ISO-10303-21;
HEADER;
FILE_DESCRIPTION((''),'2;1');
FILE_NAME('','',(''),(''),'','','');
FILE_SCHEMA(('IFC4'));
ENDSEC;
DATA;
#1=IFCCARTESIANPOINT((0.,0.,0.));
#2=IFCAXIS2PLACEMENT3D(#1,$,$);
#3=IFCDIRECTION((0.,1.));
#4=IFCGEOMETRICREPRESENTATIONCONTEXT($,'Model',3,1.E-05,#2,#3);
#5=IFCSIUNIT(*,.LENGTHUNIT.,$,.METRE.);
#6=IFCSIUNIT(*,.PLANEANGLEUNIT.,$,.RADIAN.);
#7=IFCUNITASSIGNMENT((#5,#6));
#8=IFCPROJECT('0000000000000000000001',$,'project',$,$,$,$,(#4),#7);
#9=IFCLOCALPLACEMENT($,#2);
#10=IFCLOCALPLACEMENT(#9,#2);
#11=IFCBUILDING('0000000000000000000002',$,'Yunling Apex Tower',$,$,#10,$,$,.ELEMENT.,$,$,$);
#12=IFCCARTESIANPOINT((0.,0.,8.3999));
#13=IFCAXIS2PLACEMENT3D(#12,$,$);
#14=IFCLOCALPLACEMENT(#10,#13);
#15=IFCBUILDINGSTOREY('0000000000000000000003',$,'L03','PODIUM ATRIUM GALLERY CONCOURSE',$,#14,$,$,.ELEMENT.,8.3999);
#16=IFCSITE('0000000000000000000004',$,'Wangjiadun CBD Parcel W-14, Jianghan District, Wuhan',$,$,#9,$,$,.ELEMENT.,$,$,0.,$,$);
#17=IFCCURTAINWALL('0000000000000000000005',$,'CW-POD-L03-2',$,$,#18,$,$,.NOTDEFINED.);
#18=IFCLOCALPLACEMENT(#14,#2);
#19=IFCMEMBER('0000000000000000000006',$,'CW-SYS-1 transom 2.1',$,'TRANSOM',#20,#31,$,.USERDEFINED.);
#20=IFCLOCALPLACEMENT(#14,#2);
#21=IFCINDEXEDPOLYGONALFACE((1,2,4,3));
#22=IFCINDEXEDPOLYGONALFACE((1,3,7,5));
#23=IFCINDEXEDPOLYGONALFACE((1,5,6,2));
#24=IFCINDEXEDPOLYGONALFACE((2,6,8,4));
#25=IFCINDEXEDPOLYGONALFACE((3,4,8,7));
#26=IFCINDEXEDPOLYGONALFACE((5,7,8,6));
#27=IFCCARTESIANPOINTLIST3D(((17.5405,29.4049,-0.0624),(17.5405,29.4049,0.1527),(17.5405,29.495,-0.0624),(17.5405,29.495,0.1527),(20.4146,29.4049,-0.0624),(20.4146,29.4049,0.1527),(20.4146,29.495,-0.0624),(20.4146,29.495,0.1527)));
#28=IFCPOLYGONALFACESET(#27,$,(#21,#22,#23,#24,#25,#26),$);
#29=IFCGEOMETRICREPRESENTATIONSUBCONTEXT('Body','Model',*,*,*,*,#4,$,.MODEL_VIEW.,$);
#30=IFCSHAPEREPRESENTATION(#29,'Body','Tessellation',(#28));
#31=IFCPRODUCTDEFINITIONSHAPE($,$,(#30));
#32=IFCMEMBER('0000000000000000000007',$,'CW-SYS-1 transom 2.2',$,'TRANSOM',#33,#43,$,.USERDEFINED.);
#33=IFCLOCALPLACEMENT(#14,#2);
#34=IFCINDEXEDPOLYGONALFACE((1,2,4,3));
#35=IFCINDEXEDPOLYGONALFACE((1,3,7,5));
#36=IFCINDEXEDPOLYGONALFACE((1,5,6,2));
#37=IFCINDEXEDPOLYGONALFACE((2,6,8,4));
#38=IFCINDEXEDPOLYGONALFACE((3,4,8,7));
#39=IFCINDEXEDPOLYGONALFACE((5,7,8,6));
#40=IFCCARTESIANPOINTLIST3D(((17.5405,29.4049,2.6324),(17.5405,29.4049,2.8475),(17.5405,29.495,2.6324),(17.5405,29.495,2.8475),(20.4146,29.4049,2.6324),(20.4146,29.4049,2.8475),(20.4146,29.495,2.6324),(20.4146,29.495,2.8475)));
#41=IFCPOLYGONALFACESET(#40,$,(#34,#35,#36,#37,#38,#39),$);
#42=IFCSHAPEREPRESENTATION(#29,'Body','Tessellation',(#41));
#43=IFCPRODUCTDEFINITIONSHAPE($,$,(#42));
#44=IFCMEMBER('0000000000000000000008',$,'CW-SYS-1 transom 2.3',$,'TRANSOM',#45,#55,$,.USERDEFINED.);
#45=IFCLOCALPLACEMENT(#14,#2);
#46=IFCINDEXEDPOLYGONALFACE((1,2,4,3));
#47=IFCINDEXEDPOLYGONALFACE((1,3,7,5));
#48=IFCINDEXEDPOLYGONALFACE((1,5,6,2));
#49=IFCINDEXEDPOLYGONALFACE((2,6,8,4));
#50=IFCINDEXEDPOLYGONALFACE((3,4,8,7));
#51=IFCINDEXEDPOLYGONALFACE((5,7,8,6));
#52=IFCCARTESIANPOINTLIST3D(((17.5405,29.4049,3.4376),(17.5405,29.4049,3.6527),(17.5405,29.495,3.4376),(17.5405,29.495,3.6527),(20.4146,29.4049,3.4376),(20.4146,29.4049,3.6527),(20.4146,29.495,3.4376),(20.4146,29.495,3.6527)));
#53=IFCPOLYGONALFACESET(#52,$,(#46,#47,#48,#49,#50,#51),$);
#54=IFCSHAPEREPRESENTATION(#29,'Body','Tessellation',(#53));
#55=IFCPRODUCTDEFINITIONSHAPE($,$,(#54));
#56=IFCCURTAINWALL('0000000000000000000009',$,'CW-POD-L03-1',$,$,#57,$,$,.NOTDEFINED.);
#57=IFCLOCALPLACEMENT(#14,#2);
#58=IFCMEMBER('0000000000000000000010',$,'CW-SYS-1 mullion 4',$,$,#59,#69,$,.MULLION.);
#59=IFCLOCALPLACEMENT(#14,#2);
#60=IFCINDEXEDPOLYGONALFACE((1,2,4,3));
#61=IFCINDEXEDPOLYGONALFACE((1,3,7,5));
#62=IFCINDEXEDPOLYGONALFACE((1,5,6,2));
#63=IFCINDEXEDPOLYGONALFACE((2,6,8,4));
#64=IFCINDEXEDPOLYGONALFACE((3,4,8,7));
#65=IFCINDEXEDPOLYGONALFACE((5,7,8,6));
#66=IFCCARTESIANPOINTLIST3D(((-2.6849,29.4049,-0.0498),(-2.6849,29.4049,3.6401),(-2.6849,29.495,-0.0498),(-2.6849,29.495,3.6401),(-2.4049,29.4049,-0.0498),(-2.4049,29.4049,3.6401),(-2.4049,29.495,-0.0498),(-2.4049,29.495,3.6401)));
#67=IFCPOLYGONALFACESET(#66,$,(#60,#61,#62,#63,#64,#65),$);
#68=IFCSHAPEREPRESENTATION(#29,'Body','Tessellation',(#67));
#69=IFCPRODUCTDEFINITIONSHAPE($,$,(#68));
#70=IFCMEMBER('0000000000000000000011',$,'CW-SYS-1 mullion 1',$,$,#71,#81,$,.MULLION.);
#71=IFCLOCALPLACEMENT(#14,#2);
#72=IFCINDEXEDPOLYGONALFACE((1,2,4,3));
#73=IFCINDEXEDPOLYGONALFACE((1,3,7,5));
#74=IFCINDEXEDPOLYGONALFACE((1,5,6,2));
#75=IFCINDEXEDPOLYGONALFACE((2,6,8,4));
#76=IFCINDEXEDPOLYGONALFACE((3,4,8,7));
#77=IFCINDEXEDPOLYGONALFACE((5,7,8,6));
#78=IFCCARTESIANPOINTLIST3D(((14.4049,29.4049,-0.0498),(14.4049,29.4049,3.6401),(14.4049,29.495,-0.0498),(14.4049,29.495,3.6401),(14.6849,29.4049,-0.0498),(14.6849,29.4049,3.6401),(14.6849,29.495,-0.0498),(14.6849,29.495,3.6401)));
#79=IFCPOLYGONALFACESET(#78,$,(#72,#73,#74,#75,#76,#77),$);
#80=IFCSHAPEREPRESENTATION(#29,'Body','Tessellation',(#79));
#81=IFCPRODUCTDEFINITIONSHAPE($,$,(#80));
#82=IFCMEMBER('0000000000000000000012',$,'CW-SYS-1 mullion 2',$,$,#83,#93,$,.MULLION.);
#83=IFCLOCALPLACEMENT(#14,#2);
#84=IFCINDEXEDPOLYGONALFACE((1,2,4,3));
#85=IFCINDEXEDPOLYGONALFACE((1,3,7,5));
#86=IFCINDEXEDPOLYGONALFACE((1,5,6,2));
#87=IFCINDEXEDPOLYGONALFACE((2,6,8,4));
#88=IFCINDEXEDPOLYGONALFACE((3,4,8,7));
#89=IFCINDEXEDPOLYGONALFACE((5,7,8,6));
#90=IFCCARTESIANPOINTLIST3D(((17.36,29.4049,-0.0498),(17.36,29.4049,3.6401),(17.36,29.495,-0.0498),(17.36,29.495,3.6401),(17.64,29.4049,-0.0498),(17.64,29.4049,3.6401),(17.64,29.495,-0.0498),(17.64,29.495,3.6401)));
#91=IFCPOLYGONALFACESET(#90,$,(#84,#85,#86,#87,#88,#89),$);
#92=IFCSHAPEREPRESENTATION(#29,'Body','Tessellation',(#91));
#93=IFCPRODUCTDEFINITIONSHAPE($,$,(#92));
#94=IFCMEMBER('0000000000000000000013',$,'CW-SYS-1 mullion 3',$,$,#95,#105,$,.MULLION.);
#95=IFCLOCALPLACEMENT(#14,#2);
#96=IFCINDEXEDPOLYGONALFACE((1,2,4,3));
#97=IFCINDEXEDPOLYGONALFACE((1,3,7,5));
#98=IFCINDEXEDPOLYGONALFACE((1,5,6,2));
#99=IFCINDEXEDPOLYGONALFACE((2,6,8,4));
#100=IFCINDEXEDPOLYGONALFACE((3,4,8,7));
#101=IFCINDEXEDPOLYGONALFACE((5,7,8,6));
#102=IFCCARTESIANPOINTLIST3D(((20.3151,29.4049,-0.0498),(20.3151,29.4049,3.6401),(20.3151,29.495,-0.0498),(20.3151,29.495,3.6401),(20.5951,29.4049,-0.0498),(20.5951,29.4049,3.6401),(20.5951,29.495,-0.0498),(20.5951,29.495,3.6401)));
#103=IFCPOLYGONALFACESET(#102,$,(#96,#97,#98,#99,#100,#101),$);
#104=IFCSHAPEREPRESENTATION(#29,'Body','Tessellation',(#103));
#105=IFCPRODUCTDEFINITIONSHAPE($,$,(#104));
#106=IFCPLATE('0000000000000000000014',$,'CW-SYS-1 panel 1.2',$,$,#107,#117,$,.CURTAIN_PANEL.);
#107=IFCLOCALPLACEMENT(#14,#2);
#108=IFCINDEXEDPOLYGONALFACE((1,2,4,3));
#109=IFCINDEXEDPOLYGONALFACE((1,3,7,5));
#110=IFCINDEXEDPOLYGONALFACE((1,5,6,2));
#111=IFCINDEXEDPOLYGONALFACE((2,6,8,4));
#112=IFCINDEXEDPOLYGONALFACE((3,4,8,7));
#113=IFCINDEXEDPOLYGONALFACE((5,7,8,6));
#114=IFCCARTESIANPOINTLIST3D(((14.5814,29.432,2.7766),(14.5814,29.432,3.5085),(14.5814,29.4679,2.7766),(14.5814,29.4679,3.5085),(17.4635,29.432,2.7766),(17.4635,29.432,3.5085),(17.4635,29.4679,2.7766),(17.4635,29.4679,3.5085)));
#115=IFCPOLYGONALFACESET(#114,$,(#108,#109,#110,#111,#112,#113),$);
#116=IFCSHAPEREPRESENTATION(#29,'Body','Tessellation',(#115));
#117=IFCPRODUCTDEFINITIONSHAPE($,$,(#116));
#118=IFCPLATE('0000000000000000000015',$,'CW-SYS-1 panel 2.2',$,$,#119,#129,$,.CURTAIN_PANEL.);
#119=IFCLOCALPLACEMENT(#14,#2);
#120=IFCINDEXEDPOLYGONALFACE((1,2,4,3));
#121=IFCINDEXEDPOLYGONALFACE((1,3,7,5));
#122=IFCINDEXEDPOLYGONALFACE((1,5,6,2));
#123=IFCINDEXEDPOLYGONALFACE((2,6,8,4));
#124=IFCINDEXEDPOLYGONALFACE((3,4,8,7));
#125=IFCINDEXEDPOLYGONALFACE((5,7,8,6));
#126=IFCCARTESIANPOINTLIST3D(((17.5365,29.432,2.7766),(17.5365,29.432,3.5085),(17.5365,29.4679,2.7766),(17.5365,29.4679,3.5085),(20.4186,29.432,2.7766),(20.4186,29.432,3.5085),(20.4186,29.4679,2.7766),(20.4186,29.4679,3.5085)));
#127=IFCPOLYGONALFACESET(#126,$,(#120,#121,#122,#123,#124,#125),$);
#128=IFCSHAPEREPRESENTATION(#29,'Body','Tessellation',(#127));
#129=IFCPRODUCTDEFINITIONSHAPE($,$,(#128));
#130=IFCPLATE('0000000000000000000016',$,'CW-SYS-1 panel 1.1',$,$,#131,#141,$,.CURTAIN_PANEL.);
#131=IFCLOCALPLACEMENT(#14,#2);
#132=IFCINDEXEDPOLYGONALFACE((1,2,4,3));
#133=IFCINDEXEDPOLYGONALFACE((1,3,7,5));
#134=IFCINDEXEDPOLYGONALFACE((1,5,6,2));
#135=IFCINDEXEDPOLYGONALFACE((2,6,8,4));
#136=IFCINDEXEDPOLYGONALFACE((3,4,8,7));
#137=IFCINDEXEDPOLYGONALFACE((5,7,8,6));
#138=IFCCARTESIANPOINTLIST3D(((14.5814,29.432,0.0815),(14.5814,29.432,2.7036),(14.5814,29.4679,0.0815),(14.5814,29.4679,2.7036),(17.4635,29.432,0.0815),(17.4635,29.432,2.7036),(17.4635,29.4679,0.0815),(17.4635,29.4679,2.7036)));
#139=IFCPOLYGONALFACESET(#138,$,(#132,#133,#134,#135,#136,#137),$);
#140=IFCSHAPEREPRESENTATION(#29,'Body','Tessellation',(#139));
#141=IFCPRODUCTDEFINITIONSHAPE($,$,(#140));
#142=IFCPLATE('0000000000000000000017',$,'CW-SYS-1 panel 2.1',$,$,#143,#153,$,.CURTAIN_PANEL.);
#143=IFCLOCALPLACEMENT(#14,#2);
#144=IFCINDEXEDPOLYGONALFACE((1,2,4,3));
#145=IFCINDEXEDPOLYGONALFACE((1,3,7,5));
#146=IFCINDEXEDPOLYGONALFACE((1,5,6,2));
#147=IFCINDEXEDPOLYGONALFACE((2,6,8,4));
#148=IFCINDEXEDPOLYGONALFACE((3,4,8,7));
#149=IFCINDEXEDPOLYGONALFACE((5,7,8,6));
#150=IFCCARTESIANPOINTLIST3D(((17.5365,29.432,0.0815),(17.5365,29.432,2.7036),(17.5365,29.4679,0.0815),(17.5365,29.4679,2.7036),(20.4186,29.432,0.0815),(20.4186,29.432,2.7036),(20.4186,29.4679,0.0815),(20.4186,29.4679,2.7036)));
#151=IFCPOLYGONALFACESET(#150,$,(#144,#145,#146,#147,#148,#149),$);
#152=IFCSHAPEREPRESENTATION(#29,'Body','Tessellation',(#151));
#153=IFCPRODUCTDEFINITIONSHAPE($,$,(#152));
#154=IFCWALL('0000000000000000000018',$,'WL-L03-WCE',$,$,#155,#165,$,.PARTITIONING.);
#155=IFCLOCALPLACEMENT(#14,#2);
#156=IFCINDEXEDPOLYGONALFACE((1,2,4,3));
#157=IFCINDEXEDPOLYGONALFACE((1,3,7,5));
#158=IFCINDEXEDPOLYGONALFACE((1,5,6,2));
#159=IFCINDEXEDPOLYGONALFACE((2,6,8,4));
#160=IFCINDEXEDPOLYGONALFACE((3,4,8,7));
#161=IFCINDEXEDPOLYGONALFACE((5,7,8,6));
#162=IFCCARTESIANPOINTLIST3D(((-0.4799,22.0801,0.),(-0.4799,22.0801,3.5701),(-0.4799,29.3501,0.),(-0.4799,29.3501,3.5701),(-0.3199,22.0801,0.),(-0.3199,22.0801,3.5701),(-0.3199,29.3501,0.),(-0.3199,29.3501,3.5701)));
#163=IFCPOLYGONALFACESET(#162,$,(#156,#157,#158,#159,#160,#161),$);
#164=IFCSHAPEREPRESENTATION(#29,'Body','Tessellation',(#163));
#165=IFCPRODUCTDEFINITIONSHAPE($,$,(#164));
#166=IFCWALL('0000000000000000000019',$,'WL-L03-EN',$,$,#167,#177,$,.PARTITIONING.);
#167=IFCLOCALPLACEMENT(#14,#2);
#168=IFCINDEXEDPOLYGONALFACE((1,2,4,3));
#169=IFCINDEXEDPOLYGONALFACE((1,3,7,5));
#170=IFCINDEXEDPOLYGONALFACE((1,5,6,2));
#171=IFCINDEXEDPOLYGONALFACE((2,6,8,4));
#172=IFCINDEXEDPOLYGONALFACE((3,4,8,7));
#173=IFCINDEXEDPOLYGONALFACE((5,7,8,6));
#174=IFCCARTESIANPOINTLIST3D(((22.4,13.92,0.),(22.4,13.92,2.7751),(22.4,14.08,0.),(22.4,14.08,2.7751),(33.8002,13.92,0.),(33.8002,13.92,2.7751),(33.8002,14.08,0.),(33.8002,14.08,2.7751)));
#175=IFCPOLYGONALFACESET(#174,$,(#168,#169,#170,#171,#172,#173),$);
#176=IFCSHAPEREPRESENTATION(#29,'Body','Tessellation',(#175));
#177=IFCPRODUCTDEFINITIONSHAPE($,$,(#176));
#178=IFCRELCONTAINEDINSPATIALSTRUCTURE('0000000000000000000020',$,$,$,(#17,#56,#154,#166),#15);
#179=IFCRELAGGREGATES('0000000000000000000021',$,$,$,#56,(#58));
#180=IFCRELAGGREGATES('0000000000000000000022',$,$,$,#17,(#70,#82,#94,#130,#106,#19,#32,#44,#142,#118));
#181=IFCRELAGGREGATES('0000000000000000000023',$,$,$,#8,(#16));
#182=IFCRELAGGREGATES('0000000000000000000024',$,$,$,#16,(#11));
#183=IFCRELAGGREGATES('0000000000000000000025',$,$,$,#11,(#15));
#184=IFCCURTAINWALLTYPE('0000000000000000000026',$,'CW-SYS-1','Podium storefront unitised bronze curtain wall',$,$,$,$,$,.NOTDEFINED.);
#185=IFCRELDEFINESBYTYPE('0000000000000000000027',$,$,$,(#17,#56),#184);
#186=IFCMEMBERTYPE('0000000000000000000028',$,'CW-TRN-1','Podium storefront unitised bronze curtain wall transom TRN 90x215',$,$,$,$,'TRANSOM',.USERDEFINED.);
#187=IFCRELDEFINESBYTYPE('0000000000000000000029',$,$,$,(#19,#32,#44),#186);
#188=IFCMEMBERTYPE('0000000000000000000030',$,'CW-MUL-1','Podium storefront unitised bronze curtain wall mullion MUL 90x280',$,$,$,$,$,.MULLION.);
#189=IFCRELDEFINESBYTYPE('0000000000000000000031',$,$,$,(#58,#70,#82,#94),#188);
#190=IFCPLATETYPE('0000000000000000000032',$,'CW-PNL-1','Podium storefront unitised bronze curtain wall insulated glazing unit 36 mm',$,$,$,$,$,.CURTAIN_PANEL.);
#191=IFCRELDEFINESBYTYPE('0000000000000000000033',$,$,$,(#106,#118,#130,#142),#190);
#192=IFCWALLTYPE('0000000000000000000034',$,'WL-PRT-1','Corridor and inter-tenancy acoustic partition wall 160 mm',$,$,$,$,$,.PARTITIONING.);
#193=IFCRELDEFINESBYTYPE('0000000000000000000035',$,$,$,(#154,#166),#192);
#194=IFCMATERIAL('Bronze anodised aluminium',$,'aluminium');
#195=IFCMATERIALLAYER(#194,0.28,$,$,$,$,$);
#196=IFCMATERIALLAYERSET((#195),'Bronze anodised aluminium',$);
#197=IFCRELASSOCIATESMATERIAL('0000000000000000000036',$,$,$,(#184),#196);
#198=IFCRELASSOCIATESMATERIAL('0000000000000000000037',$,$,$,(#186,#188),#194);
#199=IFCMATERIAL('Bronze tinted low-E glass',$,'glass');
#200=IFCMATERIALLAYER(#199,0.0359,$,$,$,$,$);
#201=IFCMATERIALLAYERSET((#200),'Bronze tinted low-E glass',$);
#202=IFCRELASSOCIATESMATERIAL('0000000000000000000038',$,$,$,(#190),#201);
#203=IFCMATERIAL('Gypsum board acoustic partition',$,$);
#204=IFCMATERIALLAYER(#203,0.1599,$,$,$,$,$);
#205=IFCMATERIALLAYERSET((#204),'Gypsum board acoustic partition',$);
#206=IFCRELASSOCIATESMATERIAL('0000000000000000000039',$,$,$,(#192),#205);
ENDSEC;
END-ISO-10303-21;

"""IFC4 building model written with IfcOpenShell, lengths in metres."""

from ifc_helpers import new_model, si_unit, direction, frame, frame_2d, origin, origin_2d, place, context, subcontext, project, spatial, rectangle, extrude, source, transform, mapped, material, layer, layer_set, material_profile, profile_set, type_object, element, aggregate, save


model = new_model("IFC4")

# Units and contexts
model_context = context("Model", 3, precision=1e-05, world=origin(), true_north=direction((0.0, 1.0)))
body_context = subcontext(model_context, "Body", "Model", "MODEL_VIEW")
ifc_project = project(units=[si_unit("LENGTHUNIT", "METRE"), si_unit("PLANEANGLEUNIT", "RADIAN")], contexts=[model_context])

# Site, building, storey
site_placement = place(None, origin())
site = spatial("IfcSite", under=ifc_project, at=site_placement, Name="Wangjiadun CBD Parcel W-14, Jianghan District, Wuhan", CompositionType="ELEMENT", RefElevation=0.0)
building_placement = place(site_placement, origin())
building = spatial("IfcBuilding", under=site, at=building_placement, Name="Yunling Apex Tower", CompositionType="ELEMENT")
storey_placement = place(building_placement, frame((0.0, 0.0, 8.3999)))
storey = spatial("IfcBuildingStorey", under=building, at=storey_placement, Name="L03", Description="PODIUM ATRIUM GALLERY CONCOURSE", CompositionType="ELEMENT", Elevation=8.3999)

# Curtain wall, members
ifc_material_1 = material(Name="Bronze anodised aluminium", Category="aluminium")
ifc_layer_1 = layer(ifc_material_1, 0.28)
ifc_layer_set_1 = layer_set([ifc_layer_1], Name="Bronze anodised aluminium")
curtain_wall_type = type_object("IfcCurtainWallType", Name="CW-SYS-1", Description="Podium storefront unitised bronze curtain wall", PredefinedType="NOTDEFINED", material=ifc_layer_set_1)
curtain_wall_1_placement = place(storey_placement, origin())
curtain_wall_1 = element("IfcCurtainWall", 1, at=curtain_wall_1_placement, inside=storey, type_object=curtain_wall_type, Name="CW-POD-L03-2", PredefinedType="NOTDEFINED")
ifc_material_profile_1 = material_profile(ifc_material_1, rectangle(XDim=0.0901, YDim=0.2151, at=origin_2d()))
ifc_profile_set_1 = profile_set([ifc_material_profile_1], Name="Bronze anodised aluminium")
member_type_1 = type_object("IfcMemberType", Name="CW-TRN-1", Description="Podium storefront unitised bronze curtain wall transom TRN 90x215", ElementType="TRANSOM", PredefinedType="USERDEFINED", material=ifc_profile_set_1)
shared_shape_1 = source(origin(), body_context, "Body", "SweptSolid", [
    extrude(rectangle(XDim=0.0901, YDim=0.2151, at=origin_2d()), origin(), (0.0, 0.0, 1.0), 2.874),
])
member_1_placement = place(storey_placement, frame((17.5405, 29.45, 0.0452), z_axis=(1.0, 0.0, 0.0), x_axis=(0.0, 1.0, 0.0)))
member_1 = element("IfcMember", 2, at=member_1_placement, type_object=member_type_1, Name="CW-SYS-1 transom 2.1", ObjectType="TRANSOM", PredefinedType="USERDEFINED", context=body_context, shape_type="MappedRepresentation", body=[
    mapped(shared_shape_1, transform((0.0, 0.0, 0.0), scale=1.0)),
])
member_2_placement = place(storey_placement, frame((17.5405, 29.45, 2.74), z_axis=(1.0, 0.0, 0.0), x_axis=(0.0, 1.0, 0.0)))
member_2 = element("IfcMember", 3, at=member_2_placement, type_object=member_type_1, Name="CW-SYS-1 transom 2.2", ObjectType="TRANSOM", PredefinedType="USERDEFINED", context=body_context, shape_type="MappedRepresentation", body=[
    mapped(shared_shape_1, transform((0.0, 0.0, 0.0), scale=1.0)),
])
member_3_placement = place(storey_placement, frame((17.5405, 29.45, 3.5452), z_axis=(1.0, 0.0, 0.0), x_axis=(0.0, 1.0, 0.0)))
member_3 = element("IfcMember", 4, at=member_3_placement, type_object=member_type_1, Name="CW-SYS-1 transom 2.3", ObjectType="TRANSOM", PredefinedType="USERDEFINED", context=body_context, shape_type="MappedRepresentation", body=[
    mapped(shared_shape_1, transform((0.0, 0.0, 0.0), scale=1.0)),
])

# Curtain wall, member
curtain_wall_2_placement = place(storey_placement, origin())
curtain_wall_2 = element("IfcCurtainWall", 5, at=curtain_wall_2_placement, inside=storey, type_object=curtain_wall_type, Name="CW-POD-L03-1", PredefinedType="NOTDEFINED")
ifc_material_profile_2 = material_profile(ifc_material_1, rectangle(XDim=0.0901, YDim=0.28, at=origin_2d()))
ifc_profile_set_2 = profile_set([ifc_material_profile_2], Name="Bronze anodised aluminium")
member_type_2 = type_object("IfcMemberType", Name="CW-MUL-1", Description="Podium storefront unitised bronze curtain wall mullion MUL 90x280", PredefinedType="MULLION", material=ifc_profile_set_2)
shared_shape_2 = source(origin(), body_context, "Body", "SweptSolid", [
    extrude(rectangle(XDim=0.0901, YDim=0.28, at=origin_2d()), origin(), (0.0, 0.0, 1.0), 3.6899),
])
member_4_placement = place(storey_placement, frame((-2.5449, 29.45, -0.0498), z_axis=(0.0, 0.0, 1.0), x_axis=(0.0, 1.0, 0.0)))
member_4 = element("IfcMember", 6, at=member_4_placement, type_object=member_type_2, Name="CW-SYS-1 mullion 4", PredefinedType="MULLION", context=body_context, shape_type="MappedRepresentation", body=[
    mapped(shared_shape_2, transform((0.0, 0.0, 0.0), scale=1.0)),
])
aggregate(curtain_wall_2, [member_4])

# Members
member_5_placement = place(storey_placement, frame((14.5449, 29.45, -0.0498), z_axis=(0.0, 0.0, 1.0), x_axis=(0.0, 1.0, 0.0)))
member_5 = element("IfcMember", 7, at=member_5_placement, type_object=member_type_2, Name="CW-SYS-1 mullion 1", PredefinedType="MULLION", context=body_context, shape_type="MappedRepresentation", body=[
    mapped(shared_shape_2, transform((0.0, 0.0, 0.0), scale=1.0)),
])
member_6_placement = place(storey_placement, frame((17.5, 29.45, -0.0498), z_axis=(0.0, 0.0, 1.0), x_axis=(0.0, 1.0, 0.0)))
member_6 = element("IfcMember", 8, at=member_6_placement, type_object=member_type_2, Name="CW-SYS-1 mullion 2", PredefinedType="MULLION", context=body_context, shape_type="MappedRepresentation", body=[
    mapped(shared_shape_2, transform((0.0, 0.0, 0.0), scale=1.0)),
])
member_7_placement = place(storey_placement, frame((20.4551, 29.45, -0.0498), z_axis=(0.0, 0.0, 1.0), x_axis=(0.0, 1.0, 0.0)))
member_7 = element("IfcMember", 9, at=member_7_placement, type_object=member_type_2, Name="CW-SYS-1 mullion 3", PredefinedType="MULLION", context=body_context, shape_type="MappedRepresentation", body=[
    mapped(shared_shape_2, transform((0.0, 0.0, 0.0), scale=1.0)),
])

# Plates
ifc_material_2 = material(Name="Bronze tinted low-E glass", Category="glass")
ifc_layer_2 = layer(ifc_material_2, 0.0359)
ifc_layer_set_2 = layer_set([ifc_layer_2], Name="Bronze tinted low-E glass")
plate_type = type_object("IfcPlateType", Name="CW-PNL-1", Description="Podium storefront unitised bronze curtain wall insulated glazing unit 36 mm", PredefinedType="CURTAIN_PANEL", material=ifc_layer_set_2)
shared_shape_3 = source(origin(), body_context, "Body", "SweptSolid", [
    extrude(rectangle(XDim=2.8821, YDim=0.0359, at=origin_2d()), origin(), (0.0, 0.0, 1.0), 0.7319),
])
plate_1_placement = place(storey_placement, frame((16.0225, 29.45, 2.7766), z_axis=(0.0, 0.0, 1.0), x_axis=(1.0, 0.0, 0.0)))
plate_1 = element("IfcPlate", 10, at=plate_1_placement, type_object=plate_type, Name="CW-SYS-1 panel 1.2", PredefinedType="CURTAIN_PANEL", context=body_context, shape_type="MappedRepresentation", body=[
    mapped(shared_shape_3, transform((0.0, 0.0, 0.0), scale=1.0)),
])
plate_2_placement = place(storey_placement, frame((18.9775, 29.45, 2.7766), z_axis=(0.0, 0.0, 1.0), x_axis=(1.0, 0.0, 0.0)))
plate_2 = element("IfcPlate", 11, at=plate_2_placement, type_object=plate_type, Name="CW-SYS-1 panel 2.2", PredefinedType="CURTAIN_PANEL", context=body_context, shape_type="MappedRepresentation", body=[
    mapped(shared_shape_3, transform((0.0, 0.0, 0.0), scale=1.0)),
])
shared_shape_4 = source(origin(), body_context, "Body", "SweptSolid", [
    extrude(rectangle(XDim=2.8821, YDim=0.0359, at=origin_2d()), origin(), (0.0, 0.0, 1.0), 2.6221),
])
plate_3_placement = place(storey_placement, frame((16.0225, 29.45, 0.0815), z_axis=(0.0, 0.0, 1.0), x_axis=(1.0, 0.0, 0.0)))
plate_3 = element("IfcPlate", 12, at=plate_3_placement, type_object=plate_type, Name="CW-SYS-1 panel 1.1", PredefinedType="CURTAIN_PANEL", context=body_context, shape_type="MappedRepresentation", body=[
    mapped(shared_shape_4, transform((0.0, 0.0, 0.0), scale=1.0)),
])
plate_4_placement = place(storey_placement, frame((18.9775, 29.45, 0.0815), z_axis=(0.0, 0.0, 1.0), x_axis=(1.0, 0.0, 0.0)))
plate_4 = element("IfcPlate", 13, at=plate_4_placement, type_object=plate_type, Name="CW-SYS-1 panel 2.1", PredefinedType="CURTAIN_PANEL", context=body_context, shape_type="MappedRepresentation", body=[
    mapped(shared_shape_4, transform((0.0, 0.0, 0.0), scale=1.0)),
])
aggregate(curtain_wall_1, [member_5, member_6, member_7, plate_3, plate_1, member_1, member_2, member_3, plate_4, plate_2])

# Walls
ifc_material_3 = material(Name="Gypsum board acoustic partition")
ifc_layer_3 = layer(ifc_material_3, 0.1599)
ifc_layer_set_3 = layer_set([ifc_layer_3], Name="Gypsum board acoustic partition")
wall_type = type_object("IfcWallType", Name="WL-PRT-1", Description="Corridor and inter-tenancy acoustic partition wall 160 mm", PredefinedType="PARTITIONING", material=ifc_layer_set_3)
wall_1_placement = place(storey_placement, frame((-0.3999, 22.0801, 0.0), z_axis=(0.0, 0.0, 1.0), x_axis=(0.0, 1.0, 0.0)))
element("IfcWall", 14, at=wall_1_placement, inside=storey, type_object=wall_type, Name="WL-L03-WCE", PredefinedType="PARTITIONING", context=body_context, shape_type="SweptSolid", body=[
    extrude(rectangle(XDim=7.27, YDim=0.1599, at=frame_2d((3.635, 0.0))), origin(), (0.0, 0.0, 1.0), 3.5701),
])
wall_2_placement = place(storey_placement, frame((22.3999, 14.0, 0.0), z_axis=(0.0, 0.0, 1.0), x_axis=(1.0, 0.0, 0.0)))
element("IfcWall", 15, at=wall_2_placement, inside=storey, type_object=wall_type, Name="WL-L03-EN", PredefinedType="PARTITIONING", context=body_context, shape_type="SweptSolid", body=[
    extrude(rectangle(XDim=11.4001, YDim=0.1599, at=frame_2d((5.7002, 0.0))), origin(), (0.0, 0.0, 1.0), 2.7751),
])

save(model, "model.ifc")
